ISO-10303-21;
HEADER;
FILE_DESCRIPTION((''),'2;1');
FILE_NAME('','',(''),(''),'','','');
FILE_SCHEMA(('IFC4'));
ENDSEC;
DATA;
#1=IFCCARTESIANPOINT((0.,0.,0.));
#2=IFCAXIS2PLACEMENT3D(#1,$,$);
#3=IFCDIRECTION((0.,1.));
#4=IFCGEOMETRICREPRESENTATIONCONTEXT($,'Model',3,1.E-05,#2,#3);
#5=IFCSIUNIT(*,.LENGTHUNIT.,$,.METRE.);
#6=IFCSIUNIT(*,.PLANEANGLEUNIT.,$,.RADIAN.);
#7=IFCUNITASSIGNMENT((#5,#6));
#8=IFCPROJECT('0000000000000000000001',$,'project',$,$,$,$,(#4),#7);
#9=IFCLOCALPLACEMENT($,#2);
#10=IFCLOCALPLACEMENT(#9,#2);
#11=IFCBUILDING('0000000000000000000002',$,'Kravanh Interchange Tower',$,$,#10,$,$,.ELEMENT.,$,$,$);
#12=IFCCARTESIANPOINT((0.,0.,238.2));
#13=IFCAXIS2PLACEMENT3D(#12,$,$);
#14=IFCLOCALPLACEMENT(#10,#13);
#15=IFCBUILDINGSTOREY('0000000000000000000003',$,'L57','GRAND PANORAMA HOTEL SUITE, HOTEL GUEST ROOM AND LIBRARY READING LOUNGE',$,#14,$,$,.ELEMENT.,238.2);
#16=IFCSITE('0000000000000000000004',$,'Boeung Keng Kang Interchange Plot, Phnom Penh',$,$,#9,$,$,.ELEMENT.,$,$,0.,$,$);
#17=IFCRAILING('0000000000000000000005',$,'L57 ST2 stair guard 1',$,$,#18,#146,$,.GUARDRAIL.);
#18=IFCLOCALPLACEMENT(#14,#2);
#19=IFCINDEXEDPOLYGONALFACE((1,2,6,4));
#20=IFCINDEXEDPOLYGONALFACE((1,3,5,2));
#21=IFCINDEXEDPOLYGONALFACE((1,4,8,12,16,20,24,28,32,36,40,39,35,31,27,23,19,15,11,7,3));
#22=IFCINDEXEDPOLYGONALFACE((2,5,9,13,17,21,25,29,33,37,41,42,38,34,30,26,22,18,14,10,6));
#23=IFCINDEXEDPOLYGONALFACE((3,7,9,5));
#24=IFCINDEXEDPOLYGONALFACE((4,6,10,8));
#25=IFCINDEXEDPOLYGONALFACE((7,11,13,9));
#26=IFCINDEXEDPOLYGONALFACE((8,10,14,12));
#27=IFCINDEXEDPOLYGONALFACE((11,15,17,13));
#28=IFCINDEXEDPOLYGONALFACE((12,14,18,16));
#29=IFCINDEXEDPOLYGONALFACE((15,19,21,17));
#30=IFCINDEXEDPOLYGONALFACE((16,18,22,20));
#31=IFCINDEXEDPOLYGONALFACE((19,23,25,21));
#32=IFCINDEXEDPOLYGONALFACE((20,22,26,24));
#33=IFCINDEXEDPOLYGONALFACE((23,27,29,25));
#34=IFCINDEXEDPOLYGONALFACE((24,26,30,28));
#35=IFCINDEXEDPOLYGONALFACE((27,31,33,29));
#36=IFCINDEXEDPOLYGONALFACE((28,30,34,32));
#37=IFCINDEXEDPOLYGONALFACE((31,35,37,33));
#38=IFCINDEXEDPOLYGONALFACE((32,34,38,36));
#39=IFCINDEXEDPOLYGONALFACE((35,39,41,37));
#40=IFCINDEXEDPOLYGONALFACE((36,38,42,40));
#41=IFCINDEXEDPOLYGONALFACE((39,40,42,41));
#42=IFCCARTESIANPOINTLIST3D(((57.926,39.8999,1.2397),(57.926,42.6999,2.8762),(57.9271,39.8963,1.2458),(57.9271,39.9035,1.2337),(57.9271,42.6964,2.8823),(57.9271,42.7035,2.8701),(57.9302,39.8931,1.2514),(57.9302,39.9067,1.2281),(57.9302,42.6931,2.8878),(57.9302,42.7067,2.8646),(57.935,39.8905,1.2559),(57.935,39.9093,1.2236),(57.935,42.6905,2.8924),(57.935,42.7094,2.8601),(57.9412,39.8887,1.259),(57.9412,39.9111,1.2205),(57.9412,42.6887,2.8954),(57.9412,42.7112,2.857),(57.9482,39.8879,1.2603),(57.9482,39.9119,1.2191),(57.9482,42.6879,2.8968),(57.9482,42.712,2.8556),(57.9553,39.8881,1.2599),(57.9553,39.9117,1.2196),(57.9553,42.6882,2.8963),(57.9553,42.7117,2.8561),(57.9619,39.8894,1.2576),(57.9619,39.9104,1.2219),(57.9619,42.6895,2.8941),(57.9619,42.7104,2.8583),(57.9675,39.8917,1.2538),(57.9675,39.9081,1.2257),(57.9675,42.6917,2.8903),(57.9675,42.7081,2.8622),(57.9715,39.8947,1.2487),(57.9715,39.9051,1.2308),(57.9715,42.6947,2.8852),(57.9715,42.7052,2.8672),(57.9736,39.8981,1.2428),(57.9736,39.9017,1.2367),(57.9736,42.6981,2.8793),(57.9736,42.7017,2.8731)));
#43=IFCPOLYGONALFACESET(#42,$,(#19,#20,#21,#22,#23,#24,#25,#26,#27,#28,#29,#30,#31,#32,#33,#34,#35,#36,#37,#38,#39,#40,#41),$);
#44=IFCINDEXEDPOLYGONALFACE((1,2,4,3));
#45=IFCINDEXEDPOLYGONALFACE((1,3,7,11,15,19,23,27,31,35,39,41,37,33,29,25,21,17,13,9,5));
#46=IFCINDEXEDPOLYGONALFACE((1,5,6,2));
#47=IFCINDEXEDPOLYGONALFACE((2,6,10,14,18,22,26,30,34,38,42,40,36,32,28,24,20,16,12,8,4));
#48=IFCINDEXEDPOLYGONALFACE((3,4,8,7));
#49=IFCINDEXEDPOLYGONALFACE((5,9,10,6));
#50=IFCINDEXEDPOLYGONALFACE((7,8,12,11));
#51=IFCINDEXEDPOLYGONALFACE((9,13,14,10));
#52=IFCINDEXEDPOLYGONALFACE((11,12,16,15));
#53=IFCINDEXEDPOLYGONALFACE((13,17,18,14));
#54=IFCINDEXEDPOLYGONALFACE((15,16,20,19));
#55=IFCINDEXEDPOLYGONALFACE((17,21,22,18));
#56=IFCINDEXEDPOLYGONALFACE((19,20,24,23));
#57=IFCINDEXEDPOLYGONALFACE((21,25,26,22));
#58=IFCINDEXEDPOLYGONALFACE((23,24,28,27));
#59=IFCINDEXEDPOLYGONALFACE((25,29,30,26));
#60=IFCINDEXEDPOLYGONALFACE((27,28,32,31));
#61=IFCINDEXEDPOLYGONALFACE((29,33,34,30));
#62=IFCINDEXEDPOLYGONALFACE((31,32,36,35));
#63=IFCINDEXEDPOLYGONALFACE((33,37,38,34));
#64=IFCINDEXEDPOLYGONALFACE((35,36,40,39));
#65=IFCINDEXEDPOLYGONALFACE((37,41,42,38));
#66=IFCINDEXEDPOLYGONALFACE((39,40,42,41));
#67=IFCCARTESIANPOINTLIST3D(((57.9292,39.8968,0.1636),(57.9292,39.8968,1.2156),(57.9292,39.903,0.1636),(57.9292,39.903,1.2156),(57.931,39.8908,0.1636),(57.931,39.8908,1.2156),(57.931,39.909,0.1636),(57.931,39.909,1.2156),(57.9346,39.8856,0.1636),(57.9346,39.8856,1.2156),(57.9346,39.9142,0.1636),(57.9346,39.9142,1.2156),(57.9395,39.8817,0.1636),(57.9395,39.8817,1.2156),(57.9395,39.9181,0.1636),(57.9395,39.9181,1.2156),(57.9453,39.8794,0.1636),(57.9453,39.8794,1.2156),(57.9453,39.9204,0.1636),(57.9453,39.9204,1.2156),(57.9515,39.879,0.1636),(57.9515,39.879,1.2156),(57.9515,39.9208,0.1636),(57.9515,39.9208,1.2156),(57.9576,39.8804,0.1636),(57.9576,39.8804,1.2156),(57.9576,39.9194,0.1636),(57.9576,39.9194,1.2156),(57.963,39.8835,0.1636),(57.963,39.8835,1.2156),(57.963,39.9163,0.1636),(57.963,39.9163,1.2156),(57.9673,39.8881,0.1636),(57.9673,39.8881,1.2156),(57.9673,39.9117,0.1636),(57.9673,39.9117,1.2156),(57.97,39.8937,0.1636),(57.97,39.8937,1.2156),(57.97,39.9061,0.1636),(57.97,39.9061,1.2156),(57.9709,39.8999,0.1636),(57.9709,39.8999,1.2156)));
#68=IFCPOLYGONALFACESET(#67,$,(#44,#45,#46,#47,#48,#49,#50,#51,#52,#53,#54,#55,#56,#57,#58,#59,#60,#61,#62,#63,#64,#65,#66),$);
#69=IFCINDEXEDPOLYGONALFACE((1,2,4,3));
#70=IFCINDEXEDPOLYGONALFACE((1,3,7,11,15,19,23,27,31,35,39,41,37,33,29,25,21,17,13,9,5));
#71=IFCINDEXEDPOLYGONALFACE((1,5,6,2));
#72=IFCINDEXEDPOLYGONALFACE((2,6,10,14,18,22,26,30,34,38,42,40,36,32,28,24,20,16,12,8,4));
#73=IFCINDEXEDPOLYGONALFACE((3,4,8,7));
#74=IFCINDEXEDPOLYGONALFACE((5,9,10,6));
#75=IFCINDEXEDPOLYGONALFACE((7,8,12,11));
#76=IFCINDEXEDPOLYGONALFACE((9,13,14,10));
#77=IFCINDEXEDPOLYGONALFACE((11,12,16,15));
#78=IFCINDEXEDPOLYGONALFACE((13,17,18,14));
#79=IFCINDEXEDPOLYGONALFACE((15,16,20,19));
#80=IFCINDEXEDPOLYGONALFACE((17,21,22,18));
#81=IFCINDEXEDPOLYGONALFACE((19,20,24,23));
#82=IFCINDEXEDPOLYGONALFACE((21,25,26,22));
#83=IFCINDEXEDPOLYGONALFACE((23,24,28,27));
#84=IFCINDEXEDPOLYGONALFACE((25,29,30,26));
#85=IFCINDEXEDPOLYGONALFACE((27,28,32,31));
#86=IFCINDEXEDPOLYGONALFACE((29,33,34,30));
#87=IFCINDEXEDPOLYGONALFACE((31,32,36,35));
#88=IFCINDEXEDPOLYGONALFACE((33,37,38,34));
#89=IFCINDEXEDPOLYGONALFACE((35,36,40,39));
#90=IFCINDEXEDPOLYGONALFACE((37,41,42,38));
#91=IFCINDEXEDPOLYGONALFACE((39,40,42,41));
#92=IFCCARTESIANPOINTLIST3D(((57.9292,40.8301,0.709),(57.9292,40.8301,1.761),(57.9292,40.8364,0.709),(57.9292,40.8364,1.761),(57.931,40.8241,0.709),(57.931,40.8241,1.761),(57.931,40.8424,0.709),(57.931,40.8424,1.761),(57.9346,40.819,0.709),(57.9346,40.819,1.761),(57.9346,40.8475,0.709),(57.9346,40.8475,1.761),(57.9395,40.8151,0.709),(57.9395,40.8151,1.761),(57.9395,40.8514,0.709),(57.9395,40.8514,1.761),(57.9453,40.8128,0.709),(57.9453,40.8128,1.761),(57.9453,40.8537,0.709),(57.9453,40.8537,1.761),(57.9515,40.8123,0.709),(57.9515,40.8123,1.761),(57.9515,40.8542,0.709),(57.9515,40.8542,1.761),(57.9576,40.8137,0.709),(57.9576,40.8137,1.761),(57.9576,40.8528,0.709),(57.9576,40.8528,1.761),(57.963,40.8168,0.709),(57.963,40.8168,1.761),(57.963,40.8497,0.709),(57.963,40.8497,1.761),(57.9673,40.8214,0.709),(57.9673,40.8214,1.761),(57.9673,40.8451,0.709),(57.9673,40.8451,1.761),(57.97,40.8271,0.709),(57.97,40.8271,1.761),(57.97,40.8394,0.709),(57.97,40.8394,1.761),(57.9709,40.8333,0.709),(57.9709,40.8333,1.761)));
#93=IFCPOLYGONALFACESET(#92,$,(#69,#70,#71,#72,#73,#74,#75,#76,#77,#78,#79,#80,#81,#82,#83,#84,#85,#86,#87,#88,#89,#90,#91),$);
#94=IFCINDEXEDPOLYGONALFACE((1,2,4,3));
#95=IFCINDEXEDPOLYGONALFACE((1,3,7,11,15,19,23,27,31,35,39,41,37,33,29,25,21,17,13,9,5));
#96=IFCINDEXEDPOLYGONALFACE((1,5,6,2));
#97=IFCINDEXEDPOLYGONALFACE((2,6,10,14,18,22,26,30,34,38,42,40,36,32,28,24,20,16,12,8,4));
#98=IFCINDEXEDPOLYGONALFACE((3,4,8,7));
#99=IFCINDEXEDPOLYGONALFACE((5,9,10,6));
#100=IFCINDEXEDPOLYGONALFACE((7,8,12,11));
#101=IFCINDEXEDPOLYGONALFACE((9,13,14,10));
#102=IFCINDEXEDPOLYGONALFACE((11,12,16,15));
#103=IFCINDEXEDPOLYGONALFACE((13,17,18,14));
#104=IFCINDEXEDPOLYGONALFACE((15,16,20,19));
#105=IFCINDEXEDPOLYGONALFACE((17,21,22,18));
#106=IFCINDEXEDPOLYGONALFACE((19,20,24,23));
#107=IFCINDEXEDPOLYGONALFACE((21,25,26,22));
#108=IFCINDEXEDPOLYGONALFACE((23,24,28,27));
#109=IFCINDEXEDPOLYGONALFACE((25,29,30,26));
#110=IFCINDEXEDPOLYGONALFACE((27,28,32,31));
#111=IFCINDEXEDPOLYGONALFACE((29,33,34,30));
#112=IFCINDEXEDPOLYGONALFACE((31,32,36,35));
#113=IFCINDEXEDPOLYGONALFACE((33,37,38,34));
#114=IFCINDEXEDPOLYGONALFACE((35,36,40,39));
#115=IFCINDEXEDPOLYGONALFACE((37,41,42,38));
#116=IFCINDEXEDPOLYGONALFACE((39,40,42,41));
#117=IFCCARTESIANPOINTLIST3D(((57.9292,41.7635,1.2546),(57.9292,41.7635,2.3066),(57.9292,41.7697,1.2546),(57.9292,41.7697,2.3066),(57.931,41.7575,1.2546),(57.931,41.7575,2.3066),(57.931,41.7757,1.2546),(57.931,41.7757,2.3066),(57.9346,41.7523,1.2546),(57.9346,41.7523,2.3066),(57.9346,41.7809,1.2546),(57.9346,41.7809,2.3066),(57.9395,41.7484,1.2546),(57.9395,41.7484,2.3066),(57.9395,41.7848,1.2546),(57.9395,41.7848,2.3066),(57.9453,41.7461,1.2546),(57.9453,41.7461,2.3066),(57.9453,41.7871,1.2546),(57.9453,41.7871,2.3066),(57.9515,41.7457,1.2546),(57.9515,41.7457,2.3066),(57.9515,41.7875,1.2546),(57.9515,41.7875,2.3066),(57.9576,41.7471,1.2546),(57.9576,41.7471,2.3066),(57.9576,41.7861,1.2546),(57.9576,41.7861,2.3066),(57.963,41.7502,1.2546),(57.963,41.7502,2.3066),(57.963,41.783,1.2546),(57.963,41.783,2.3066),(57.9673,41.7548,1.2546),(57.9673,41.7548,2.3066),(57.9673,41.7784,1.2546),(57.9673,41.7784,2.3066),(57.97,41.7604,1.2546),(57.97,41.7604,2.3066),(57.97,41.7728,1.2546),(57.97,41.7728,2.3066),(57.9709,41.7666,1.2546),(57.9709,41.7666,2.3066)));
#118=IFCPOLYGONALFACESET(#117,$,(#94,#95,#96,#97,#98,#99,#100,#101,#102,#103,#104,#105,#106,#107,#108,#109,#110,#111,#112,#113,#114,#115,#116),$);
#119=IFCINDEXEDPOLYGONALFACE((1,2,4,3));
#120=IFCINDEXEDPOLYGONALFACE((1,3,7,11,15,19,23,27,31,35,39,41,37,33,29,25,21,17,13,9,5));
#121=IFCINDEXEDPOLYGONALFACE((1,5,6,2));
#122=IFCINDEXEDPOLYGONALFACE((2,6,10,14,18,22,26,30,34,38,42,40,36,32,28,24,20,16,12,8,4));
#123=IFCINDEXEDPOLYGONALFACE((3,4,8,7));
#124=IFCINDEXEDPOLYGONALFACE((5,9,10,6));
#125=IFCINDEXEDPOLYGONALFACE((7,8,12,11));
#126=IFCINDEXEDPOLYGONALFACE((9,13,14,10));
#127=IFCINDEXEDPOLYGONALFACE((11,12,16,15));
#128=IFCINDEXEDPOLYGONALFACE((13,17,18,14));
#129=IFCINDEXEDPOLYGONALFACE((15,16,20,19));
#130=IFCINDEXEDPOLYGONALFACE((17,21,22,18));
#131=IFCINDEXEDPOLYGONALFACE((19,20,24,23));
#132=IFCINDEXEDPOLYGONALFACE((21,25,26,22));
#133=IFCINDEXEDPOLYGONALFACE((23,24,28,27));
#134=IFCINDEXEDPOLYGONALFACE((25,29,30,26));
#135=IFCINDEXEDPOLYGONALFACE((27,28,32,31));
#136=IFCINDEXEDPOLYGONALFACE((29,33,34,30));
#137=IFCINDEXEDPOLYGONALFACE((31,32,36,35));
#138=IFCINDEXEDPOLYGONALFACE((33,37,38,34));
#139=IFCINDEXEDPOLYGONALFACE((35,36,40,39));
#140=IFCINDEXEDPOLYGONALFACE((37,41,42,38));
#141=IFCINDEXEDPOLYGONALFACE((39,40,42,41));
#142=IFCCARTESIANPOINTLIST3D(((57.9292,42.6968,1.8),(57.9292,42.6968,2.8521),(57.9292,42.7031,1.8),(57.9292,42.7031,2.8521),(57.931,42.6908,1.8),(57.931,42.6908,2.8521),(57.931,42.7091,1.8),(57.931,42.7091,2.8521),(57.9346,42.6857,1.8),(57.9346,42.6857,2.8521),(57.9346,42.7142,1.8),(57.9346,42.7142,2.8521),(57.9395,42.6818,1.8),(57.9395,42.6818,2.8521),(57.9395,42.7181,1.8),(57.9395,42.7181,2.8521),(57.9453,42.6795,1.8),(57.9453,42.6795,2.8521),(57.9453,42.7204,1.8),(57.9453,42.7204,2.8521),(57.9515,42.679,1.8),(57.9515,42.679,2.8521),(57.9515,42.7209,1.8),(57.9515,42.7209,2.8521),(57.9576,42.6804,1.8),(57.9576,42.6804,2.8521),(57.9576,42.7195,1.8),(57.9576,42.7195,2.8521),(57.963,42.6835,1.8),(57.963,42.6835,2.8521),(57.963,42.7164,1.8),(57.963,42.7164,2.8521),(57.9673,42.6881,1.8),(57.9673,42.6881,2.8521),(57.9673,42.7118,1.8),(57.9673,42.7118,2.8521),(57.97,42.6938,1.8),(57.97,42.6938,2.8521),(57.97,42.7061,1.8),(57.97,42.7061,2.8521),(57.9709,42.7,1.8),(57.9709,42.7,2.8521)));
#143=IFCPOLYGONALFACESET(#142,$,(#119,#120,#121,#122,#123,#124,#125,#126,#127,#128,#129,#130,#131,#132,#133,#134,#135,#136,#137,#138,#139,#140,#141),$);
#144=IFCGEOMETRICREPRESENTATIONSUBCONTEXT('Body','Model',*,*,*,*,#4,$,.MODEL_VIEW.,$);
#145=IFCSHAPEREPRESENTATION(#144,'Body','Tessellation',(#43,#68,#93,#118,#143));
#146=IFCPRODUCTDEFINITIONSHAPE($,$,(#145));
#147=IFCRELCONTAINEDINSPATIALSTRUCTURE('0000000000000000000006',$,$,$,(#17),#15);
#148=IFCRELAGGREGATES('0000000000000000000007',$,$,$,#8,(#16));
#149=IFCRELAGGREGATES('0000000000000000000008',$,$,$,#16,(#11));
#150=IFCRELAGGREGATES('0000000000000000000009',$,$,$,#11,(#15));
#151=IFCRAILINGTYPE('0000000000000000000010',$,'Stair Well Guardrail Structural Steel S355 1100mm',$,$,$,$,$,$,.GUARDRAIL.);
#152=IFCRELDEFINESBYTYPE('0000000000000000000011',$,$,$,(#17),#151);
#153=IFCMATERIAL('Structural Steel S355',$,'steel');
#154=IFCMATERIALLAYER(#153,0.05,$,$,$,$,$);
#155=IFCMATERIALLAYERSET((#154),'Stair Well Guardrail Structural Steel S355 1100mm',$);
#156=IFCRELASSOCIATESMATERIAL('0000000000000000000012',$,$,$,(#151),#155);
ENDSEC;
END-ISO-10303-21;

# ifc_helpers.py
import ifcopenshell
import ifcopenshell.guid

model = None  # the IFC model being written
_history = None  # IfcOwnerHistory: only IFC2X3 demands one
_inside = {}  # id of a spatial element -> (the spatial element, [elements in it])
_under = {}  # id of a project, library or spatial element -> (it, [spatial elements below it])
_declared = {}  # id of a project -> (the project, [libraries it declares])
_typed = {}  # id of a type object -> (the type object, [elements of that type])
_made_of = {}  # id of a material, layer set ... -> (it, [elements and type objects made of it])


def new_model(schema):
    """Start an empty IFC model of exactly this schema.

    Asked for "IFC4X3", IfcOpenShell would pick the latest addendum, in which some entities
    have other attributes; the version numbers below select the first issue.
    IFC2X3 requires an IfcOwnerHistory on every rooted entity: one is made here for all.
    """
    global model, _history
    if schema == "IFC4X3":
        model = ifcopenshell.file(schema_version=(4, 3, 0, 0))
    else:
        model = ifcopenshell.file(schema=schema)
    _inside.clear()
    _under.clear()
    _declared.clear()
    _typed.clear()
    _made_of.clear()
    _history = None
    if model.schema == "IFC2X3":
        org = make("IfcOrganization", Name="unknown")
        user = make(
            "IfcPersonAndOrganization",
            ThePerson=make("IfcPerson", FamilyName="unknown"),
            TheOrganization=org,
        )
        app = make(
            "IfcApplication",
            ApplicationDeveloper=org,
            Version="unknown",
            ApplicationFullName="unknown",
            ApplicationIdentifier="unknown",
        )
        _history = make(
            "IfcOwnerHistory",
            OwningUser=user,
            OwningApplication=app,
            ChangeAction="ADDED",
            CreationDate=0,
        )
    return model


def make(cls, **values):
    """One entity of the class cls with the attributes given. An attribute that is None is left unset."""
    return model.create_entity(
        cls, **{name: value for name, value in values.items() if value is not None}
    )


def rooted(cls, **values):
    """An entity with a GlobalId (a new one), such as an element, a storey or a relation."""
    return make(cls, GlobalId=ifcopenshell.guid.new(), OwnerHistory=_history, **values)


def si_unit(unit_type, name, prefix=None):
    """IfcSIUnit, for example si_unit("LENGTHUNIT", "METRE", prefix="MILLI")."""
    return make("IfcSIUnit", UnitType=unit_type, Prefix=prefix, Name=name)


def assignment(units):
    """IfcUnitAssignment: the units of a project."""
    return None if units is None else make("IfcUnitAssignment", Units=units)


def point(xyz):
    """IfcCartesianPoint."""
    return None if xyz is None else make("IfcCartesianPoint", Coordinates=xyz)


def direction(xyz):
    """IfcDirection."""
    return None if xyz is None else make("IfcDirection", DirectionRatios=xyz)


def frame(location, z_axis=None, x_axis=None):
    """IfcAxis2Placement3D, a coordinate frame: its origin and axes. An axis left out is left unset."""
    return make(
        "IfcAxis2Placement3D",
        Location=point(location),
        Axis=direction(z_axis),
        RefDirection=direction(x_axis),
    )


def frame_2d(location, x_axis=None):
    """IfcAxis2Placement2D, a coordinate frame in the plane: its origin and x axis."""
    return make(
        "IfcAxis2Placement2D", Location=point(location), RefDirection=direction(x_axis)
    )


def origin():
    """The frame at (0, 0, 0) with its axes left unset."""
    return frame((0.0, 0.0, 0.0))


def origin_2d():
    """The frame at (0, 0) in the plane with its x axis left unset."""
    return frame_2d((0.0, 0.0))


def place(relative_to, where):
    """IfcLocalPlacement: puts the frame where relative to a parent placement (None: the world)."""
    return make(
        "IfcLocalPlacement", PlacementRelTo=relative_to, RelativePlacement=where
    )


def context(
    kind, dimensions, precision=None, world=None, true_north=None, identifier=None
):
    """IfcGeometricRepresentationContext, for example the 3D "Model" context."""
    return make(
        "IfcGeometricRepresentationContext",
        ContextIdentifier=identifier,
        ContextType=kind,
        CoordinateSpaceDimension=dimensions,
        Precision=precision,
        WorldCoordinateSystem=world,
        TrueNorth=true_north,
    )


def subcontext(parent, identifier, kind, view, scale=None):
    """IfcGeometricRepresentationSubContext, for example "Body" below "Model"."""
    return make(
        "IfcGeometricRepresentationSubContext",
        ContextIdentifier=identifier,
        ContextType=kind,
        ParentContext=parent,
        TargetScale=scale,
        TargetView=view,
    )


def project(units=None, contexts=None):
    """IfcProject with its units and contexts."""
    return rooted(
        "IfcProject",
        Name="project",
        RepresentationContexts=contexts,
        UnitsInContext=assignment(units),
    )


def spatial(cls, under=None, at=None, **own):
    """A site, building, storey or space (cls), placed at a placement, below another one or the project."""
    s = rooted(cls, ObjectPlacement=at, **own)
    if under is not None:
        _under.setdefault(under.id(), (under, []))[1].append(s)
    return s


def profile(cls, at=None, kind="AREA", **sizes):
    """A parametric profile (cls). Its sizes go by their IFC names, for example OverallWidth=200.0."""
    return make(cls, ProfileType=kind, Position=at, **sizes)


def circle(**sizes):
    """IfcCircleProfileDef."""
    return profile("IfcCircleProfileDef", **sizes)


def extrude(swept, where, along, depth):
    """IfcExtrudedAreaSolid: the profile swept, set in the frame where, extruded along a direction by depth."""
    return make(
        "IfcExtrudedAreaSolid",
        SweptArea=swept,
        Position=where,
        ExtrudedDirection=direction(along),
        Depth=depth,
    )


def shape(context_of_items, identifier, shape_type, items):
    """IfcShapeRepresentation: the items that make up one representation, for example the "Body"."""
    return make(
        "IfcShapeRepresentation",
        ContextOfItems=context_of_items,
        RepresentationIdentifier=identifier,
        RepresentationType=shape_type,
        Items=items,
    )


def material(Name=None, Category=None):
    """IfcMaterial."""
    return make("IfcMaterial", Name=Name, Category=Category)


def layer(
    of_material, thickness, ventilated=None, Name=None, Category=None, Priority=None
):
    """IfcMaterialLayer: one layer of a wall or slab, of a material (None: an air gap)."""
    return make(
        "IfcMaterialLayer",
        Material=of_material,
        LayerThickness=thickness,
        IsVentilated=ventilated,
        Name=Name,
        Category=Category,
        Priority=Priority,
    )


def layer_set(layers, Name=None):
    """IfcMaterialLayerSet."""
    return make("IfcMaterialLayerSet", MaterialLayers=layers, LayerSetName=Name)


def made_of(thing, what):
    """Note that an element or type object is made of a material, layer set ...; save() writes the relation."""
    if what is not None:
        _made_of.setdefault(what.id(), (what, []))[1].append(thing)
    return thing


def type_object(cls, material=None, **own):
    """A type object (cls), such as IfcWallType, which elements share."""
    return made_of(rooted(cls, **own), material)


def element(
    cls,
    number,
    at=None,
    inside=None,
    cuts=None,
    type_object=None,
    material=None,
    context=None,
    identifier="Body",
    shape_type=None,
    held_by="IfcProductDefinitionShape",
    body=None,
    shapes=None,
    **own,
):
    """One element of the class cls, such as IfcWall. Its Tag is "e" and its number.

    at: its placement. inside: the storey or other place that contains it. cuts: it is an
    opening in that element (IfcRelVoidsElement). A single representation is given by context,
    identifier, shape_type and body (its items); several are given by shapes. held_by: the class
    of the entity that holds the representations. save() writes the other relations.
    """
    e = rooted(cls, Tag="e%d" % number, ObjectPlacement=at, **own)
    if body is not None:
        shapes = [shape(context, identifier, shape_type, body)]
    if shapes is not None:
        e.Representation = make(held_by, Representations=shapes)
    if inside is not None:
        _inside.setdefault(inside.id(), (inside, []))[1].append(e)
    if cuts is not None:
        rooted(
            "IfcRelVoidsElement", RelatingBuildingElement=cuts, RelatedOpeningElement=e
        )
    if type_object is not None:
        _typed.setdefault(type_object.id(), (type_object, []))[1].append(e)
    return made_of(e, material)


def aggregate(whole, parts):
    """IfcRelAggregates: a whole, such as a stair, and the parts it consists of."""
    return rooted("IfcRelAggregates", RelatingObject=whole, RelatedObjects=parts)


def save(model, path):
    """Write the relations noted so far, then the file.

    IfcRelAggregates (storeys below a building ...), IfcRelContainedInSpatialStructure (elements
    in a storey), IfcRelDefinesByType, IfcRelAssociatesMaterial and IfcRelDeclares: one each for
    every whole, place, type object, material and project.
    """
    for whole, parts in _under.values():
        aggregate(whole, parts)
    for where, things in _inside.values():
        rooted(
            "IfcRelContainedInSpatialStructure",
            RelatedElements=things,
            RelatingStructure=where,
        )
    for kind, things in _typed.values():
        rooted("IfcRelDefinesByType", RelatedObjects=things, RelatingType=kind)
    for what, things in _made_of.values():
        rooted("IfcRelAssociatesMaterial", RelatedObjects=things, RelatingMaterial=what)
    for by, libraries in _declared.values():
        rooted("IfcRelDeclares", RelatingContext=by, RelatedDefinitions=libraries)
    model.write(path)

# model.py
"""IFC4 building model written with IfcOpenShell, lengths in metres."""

from ifc_helpers import new_model, si_unit, direction, frame, origin, origin_2d, place, context, subcontext, project, spatial, circle, extrude, material, layer, layer_set, type_object, element, save


model = new_model("IFC4")

# Units and contexts
model_context = context("Model", 3, precision=1e-05, world=origin(), true_north=direction((0.0, 1.0)))
body_context = subcontext(model_context, "Body", "Model", "MODEL_VIEW")
ifc_project = project(units=[si_unit("LENGTHUNIT", "METRE"), si_unit("PLANEANGLEUNIT", "RADIAN")], contexts=[model_context])

# Site, building, storey
site_placement = place(None, origin())
site = spatial("IfcSite", under=ifc_project, at=site_placement, Name="Boeung Keng Kang Interchange Plot, Phnom Penh", CompositionType="ELEMENT", RefElevation=0.0)
building_placement = place(site_placement, origin())
building = spatial("IfcBuilding", under=site, at=building_placement, Name="Kravanh Interchange Tower", CompositionType="ELEMENT")
storey_placement = place(building_placement, frame((0.0, 0.0, 238.2)))
storey = spatial("IfcBuildingStorey", under=building, at=storey_placement, Name="L57", Description="GRAND PANORAMA HOTEL SUITE, HOTEL GUEST ROOM AND LIBRARY READING LOUNGE", CompositionType="ELEMENT", Elevation=238.2)

# Railing
ifc_material_1 = material(Name="Structural Steel S355", Category="steel")
ifc_layer_1 = layer(ifc_material_1, 0.05)
ifc_layer_set_1 = layer_set([ifc_layer_1], Name="Stair Well Guardrail Structural Steel S355 1100mm")
railing_type_1 = type_object("IfcRailingType", Name="Stair Well Guardrail Structural Steel S355 1100mm", PredefinedType="GUARDRAIL", material=ifc_layer_set_1)
railing_1_placement = place(storey_placement, frame((57.95, 39.8999, 0.1636)))
element("IfcRailing", 1, at=railing_1_placement, inside=storey, type_object=railing_type_1, Name="L57 ST2 stair guard 1", PredefinedType="GUARDRAIL", context=body_context, shape_type="SweptSolid", body=[
    extrude(circle(Radius=0.0239, at=origin_2d()), frame((0.0, 0.0, 1.0762), z_axis=(0.0, 0.863361, 0.504587), x_axis=(-1.0, 0.0, 0.0)), (0.0, 0.0, 1.0), 3.2432),
    extrude(circle(Radius=0.021, at=origin_2d()), origin(), (0.0, 0.0, 1.0), 1.052),
    extrude(circle(Radius=0.021, at=origin_2d()), frame((0.0, 0.9333, 0.5454)), (0.0, 0.0, 1.0), 1.052),
    extrude(circle(Radius=0.021, at=origin_2d()), frame((0.0, 1.8667, 1.0911)), (0.0, 0.0, 1.0), 1.052),
    extrude(circle(Radius=0.021, at=origin_2d()), frame((0.0, 2.8, 1.6365)), (0.0, 0.0, 1.0), 1.052),
])

save(model, "model.ifc")
